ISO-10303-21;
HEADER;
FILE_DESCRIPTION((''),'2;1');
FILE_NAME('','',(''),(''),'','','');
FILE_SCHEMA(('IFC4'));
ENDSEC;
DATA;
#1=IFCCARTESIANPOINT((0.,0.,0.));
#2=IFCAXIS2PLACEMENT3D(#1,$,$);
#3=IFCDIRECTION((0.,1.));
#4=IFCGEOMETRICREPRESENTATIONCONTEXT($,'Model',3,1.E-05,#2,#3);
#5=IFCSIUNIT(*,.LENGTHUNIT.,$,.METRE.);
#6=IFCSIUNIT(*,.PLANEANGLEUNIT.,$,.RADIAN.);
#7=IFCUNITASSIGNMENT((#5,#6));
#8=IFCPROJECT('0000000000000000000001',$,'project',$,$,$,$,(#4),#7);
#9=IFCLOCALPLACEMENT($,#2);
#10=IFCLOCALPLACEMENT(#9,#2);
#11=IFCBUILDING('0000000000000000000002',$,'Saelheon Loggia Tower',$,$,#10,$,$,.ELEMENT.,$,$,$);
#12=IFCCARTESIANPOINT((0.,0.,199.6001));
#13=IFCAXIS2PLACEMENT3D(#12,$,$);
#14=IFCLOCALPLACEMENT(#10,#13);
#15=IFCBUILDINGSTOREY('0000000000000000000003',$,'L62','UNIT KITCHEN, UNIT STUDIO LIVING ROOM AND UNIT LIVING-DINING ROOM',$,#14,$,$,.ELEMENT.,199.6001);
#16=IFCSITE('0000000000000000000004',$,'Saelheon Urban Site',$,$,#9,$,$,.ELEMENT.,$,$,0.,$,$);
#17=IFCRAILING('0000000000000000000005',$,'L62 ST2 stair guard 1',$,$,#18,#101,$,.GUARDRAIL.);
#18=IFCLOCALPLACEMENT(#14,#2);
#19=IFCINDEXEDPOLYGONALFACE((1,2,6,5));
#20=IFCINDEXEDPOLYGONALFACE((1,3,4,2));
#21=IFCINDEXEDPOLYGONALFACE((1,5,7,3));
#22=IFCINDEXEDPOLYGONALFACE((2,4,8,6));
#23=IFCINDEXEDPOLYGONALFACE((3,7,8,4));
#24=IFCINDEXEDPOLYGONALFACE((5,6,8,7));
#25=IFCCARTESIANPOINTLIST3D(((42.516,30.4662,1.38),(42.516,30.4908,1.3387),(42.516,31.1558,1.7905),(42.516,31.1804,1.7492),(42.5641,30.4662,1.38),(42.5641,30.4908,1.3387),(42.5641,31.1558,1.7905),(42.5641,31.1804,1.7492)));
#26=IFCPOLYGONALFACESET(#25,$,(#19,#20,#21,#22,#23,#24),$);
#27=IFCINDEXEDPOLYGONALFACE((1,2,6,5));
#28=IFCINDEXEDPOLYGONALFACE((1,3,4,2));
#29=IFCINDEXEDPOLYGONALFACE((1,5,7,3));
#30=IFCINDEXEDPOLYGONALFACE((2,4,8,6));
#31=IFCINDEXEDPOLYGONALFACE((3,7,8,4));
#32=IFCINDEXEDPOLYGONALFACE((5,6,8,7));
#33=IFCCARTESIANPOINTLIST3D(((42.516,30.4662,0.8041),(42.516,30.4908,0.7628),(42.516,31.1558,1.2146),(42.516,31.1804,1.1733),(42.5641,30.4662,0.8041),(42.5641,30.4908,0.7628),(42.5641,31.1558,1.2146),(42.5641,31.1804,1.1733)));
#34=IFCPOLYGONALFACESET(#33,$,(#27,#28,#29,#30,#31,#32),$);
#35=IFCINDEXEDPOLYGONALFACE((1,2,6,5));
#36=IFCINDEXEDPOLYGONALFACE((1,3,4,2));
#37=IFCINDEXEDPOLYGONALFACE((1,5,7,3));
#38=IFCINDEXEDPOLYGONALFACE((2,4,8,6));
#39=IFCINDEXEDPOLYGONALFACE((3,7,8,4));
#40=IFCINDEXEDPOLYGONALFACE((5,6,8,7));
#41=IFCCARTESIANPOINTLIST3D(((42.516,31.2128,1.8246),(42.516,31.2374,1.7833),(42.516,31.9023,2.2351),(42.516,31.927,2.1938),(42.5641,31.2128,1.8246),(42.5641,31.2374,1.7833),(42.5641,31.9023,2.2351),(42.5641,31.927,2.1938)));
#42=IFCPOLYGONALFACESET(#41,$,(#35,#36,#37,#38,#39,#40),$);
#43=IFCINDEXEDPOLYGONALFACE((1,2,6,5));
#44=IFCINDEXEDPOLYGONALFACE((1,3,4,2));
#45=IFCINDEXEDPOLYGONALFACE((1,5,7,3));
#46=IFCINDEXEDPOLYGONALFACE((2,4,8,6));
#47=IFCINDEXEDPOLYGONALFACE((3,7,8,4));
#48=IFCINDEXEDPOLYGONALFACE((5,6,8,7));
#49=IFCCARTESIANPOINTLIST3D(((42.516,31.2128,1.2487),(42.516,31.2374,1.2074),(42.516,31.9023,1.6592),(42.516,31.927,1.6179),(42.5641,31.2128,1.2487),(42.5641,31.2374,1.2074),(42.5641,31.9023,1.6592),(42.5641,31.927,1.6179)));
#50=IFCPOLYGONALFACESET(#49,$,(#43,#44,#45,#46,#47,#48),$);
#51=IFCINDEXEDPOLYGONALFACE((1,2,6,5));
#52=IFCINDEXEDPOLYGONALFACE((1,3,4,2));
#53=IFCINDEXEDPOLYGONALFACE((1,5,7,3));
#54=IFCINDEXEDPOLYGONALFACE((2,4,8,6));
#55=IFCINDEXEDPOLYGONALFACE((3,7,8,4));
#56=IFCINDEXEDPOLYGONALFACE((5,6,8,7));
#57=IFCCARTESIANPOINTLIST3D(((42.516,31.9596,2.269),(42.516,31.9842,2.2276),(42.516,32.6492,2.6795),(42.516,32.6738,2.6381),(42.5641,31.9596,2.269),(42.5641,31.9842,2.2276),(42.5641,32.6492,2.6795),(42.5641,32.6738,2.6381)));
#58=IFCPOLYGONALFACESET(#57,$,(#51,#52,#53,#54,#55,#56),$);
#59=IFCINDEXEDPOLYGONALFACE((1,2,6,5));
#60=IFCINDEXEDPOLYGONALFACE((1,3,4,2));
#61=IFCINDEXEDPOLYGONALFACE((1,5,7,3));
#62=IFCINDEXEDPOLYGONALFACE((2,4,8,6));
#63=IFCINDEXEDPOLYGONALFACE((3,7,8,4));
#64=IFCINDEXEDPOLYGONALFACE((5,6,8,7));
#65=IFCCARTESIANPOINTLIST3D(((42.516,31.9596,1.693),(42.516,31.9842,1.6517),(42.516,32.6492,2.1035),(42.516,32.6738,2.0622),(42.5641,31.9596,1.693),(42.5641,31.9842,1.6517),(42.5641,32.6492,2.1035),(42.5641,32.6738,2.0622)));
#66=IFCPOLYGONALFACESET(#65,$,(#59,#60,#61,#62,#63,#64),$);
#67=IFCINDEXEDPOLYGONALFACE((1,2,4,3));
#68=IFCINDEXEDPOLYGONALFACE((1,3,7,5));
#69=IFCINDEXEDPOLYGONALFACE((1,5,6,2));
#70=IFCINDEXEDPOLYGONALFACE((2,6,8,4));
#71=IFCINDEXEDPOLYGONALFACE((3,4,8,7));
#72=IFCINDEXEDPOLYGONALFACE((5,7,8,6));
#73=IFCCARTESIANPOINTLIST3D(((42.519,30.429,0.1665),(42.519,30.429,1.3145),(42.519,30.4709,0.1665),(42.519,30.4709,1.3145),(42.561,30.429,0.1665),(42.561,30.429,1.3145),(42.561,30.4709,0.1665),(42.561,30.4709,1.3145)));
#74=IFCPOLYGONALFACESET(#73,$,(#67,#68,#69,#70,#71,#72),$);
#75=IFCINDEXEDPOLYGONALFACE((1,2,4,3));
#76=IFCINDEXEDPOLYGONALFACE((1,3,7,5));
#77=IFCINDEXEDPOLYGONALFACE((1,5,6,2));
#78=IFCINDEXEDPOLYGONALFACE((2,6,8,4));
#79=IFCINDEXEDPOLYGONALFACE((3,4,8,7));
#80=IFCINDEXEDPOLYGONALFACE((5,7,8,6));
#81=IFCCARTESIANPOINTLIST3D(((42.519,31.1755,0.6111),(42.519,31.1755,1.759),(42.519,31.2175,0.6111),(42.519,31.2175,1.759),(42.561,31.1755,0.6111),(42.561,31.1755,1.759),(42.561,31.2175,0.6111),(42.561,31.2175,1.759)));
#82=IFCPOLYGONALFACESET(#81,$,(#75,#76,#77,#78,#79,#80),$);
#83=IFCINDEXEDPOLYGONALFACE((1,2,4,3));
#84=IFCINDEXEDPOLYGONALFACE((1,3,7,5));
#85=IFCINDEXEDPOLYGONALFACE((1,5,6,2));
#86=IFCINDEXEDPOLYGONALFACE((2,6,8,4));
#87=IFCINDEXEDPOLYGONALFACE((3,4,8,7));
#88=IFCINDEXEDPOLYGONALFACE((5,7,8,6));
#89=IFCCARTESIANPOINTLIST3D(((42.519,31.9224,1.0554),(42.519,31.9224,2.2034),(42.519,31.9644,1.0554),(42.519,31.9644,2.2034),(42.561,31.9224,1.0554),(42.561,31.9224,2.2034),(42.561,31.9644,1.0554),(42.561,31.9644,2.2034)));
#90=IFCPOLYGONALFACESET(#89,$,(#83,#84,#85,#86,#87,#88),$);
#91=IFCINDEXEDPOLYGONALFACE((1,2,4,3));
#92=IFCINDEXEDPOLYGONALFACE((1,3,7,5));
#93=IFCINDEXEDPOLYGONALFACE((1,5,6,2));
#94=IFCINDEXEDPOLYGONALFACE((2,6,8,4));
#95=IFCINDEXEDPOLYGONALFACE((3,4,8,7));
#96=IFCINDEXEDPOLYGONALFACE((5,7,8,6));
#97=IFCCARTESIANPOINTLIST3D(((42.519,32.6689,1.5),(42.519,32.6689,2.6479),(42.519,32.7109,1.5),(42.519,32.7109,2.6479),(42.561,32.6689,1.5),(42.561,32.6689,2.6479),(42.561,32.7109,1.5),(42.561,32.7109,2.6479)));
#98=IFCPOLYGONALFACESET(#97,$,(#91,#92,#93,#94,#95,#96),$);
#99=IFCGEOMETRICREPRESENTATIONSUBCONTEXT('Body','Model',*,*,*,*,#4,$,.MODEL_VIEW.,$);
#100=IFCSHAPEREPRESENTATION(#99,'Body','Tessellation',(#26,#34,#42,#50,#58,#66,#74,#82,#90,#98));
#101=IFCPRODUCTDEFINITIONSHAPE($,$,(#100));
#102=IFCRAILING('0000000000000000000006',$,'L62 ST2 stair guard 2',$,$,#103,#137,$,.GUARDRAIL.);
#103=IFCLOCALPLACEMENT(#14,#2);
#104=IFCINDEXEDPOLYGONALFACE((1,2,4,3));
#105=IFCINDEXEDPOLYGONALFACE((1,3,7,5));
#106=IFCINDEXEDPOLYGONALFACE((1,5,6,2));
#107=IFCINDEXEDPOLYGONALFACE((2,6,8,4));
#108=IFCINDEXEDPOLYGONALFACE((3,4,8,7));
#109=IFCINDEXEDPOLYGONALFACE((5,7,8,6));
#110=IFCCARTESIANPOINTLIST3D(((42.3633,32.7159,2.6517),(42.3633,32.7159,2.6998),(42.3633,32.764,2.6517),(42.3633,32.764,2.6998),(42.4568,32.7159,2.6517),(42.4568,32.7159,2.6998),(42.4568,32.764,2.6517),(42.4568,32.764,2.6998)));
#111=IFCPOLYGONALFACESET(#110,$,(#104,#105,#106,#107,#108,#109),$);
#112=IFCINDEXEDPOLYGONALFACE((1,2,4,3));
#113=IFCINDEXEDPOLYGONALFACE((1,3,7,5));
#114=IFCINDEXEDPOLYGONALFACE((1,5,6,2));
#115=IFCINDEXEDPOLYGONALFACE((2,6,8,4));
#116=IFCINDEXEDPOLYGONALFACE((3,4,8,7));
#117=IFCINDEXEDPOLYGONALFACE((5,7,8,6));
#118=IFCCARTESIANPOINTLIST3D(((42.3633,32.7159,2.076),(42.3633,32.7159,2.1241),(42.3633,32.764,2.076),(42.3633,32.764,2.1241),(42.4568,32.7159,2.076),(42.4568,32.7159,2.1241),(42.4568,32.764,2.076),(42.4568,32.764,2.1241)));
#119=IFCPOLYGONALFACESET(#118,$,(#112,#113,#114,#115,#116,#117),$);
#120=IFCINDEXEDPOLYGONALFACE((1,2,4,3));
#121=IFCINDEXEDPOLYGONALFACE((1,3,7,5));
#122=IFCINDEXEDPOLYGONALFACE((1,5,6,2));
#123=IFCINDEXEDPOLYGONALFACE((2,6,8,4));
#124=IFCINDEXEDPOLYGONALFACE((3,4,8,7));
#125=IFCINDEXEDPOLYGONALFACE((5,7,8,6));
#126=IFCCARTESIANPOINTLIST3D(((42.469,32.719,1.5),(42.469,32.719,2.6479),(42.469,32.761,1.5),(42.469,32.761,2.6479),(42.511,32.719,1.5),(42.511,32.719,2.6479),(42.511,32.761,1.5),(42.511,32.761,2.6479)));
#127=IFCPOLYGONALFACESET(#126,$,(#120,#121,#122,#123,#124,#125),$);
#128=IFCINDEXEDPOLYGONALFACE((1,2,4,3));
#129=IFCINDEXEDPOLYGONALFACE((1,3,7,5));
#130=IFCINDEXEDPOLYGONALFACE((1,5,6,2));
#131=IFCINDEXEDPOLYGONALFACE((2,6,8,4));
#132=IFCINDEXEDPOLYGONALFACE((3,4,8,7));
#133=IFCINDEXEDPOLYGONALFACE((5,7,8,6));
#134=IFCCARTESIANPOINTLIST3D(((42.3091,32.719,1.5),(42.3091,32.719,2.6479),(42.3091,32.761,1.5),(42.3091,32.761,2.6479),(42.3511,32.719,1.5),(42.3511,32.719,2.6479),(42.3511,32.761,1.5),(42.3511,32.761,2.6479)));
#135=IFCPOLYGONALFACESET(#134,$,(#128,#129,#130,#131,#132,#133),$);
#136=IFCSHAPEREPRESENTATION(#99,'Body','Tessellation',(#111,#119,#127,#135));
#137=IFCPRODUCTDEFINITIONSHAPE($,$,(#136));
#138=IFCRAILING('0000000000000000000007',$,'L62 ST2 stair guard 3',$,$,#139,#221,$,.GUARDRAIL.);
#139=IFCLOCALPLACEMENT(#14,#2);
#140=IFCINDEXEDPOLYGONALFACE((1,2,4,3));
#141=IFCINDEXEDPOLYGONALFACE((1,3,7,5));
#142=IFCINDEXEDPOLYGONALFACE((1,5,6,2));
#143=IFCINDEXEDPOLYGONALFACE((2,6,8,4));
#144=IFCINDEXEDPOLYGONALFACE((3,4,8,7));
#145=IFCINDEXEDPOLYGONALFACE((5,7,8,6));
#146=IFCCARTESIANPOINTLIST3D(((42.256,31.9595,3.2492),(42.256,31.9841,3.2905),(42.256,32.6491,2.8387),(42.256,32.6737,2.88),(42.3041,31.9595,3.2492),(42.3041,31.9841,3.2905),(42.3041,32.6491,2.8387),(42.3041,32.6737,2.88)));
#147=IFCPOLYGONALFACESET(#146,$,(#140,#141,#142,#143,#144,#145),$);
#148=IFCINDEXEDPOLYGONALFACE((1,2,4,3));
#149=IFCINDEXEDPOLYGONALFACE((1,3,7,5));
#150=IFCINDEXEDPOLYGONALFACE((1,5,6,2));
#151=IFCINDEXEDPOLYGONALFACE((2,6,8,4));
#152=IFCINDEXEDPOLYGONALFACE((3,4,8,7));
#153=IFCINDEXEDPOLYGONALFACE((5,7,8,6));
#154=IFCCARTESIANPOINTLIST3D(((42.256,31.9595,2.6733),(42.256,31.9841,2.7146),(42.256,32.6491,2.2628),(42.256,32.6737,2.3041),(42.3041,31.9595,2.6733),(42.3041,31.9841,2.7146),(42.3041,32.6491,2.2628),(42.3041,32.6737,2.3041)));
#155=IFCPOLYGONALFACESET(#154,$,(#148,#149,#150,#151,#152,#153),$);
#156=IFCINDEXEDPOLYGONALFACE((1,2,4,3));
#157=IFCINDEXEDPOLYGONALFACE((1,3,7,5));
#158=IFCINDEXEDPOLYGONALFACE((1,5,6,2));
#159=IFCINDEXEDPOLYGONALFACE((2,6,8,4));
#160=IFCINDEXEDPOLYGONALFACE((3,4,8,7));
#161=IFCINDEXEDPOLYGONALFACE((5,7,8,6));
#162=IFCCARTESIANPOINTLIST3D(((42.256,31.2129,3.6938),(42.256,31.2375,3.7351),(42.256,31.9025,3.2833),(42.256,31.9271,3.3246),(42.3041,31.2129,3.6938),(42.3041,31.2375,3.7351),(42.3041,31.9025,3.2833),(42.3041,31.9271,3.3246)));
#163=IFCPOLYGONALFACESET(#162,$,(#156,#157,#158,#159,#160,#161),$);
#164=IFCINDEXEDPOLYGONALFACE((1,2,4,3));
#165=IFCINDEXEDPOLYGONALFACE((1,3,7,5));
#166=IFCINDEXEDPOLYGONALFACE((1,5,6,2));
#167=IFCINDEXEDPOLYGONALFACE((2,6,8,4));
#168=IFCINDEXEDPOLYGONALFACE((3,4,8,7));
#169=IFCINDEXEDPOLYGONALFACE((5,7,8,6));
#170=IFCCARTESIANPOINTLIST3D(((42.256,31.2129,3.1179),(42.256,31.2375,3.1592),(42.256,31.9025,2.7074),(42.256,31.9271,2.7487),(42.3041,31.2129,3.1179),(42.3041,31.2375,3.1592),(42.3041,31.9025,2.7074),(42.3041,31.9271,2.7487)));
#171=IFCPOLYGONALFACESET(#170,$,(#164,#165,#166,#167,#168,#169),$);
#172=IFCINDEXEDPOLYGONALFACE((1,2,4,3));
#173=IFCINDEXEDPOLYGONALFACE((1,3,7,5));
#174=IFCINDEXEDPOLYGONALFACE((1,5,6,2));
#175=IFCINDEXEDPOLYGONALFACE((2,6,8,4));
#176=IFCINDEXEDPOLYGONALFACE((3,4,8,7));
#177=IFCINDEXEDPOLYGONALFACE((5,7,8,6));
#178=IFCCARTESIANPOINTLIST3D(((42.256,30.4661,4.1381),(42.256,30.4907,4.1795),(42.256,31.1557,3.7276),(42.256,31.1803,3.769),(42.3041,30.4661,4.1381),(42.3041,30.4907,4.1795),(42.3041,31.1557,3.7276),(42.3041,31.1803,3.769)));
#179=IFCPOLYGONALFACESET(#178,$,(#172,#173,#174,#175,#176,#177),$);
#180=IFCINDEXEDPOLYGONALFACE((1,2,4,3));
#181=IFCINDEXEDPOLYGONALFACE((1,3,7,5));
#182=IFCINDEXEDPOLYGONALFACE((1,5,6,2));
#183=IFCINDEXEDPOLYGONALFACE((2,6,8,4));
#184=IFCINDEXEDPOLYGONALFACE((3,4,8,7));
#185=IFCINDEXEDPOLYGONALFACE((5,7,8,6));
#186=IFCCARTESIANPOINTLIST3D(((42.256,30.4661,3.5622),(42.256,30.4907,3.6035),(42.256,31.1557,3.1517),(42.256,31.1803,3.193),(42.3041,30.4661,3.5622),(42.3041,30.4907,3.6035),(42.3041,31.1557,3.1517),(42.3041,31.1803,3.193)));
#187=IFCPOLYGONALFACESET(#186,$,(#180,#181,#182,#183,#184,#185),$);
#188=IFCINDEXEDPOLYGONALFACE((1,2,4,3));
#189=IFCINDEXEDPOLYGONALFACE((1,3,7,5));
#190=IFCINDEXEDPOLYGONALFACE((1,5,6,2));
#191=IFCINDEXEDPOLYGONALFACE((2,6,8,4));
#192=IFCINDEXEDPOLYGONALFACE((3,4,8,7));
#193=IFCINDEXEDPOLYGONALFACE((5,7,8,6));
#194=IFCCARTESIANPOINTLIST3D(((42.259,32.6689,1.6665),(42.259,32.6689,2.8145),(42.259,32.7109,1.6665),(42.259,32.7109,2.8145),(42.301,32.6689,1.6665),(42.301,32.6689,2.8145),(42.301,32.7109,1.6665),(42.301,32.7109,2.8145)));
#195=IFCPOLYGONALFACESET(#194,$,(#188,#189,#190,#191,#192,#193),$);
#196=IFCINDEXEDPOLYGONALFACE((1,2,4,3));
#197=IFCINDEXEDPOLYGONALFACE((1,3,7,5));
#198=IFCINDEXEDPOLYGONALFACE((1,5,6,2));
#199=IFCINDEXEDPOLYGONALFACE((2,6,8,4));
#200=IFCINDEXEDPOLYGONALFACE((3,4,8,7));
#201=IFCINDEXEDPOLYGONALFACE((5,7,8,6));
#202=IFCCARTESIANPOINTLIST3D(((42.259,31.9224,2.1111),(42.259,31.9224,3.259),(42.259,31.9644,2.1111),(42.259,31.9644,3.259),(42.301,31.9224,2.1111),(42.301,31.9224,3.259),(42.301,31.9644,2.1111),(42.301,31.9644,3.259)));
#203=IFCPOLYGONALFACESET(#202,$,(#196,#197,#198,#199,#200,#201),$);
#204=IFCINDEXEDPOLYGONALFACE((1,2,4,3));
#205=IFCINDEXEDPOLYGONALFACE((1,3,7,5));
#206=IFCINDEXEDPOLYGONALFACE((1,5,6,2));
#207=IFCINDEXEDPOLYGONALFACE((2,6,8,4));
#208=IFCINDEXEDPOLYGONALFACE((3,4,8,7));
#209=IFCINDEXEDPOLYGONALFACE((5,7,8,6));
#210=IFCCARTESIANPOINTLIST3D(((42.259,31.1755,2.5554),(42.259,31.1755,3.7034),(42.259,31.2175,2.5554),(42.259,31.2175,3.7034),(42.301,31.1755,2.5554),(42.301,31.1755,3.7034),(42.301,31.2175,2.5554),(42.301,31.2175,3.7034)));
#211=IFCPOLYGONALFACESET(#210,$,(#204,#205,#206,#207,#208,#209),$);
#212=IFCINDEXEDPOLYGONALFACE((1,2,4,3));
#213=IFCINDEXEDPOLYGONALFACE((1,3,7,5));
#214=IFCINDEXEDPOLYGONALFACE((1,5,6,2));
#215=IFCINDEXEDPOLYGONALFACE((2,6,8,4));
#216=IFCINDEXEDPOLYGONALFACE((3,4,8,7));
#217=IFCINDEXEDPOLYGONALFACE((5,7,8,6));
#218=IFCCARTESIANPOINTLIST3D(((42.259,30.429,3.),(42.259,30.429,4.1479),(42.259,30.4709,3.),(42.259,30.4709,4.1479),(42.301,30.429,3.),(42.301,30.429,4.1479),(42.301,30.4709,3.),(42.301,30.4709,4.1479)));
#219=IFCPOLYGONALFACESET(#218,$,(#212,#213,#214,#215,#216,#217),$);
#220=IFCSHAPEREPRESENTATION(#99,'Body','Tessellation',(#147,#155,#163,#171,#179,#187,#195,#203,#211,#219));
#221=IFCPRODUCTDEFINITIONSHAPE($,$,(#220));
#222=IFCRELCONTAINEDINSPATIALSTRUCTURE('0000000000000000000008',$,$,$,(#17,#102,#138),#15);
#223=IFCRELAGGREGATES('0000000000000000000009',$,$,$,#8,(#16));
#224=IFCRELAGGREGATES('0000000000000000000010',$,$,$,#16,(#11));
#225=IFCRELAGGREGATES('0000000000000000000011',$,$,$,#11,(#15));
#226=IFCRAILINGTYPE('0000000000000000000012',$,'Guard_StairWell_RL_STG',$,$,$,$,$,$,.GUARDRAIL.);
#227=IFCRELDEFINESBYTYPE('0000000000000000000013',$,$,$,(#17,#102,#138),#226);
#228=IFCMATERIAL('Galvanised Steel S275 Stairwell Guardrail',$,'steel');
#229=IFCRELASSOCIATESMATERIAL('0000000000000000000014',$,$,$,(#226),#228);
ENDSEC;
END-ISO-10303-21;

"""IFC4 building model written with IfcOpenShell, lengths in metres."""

from ifc_helpers import new_model, si_unit, direction, frame, origin, origin_2d, place, context, subcontext, project, spatial, rectangle, extrude, material, type_object, element, save


model = new_model("IFC4")

# Units and contexts
model_context = context("Model", 3, precision=1e-05, world=origin(), true_north=direction((0.0, 1.0)))
body_context = subcontext(model_context, "Body", "Model", "MODEL_VIEW")
ifc_project = project(units=[si_unit("LENGTHUNIT", "METRE"), si_unit("PLANEANGLEUNIT", "RADIAN")], contexts=[model_context])

# Site, building, storey
site_placement = place(None, origin())
site = spatial("IfcSite", under=ifc_project, at=site_placement, Name="Saelheon Urban Site", CompositionType="ELEMENT", RefElevation=0.0)
building_placement = place(site_placement, origin())
building = spatial("IfcBuilding", under=site, at=building_placement, Name="Saelheon Loggia Tower", CompositionType="ELEMENT")
storey_placement = place(building_placement, frame((0.0, 0.0, 199.6001)))
storey = spatial("IfcBuildingStorey", under=building, at=storey_placement, Name="L62", Description="UNIT KITCHEN, UNIT STUDIO LIVING ROOM AND UNIT LIVING-DINING ROOM", CompositionType="ELEMENT", Elevation=199.6001)

# Railings
ifc_material_1 = material(Name="Galvanised Steel S275 Stairwell Guardrail", Category="steel")
railing_type_1 = type_object("IfcRailingType", Name="Guard_StairWell_RL_STG", PredefinedType="GUARDRAIL", material=ifc_material_1)
railing_1_placement = place(storey_placement, frame((42.54, 30.45, 0.1665)))
element("IfcRailing", 1, at=railing_1_placement, inside=storey, type_object=railing_type_1, Name="L62 ST2 stair guard 1", PredefinedType="GUARDRAIL", context=body_context, shape_type="SweptSolid", body=[
    extrude(rectangle(XDim=0.0481, YDim=0.0481, at=origin_2d()), frame((0.0, 0.0286, 1.1929), z_axis=(0.0, 0.859264, 0.511532), x_axis=(-1.0, 0.0, 0.0)), (0.0, 0.0, 1.0), 0.8025),
    extrude(rectangle(XDim=0.0481, YDim=0.0481, at=origin_2d()), frame((0.0, 0.0286, 0.6169), z_axis=(0.0, 0.859264, 0.511532), x_axis=(-1.0, 0.0, 0.0)), (0.0, 0.0, 1.0), 0.8025),
    extrude(rectangle(XDim=0.0481, YDim=0.0481, at=origin_2d()), frame((0.0, 0.7751, 1.6375), z_axis=(0.0, 0.859264, 0.511532), x_axis=(-1.0, 0.0, 0.0)), (0.0, 0.0, 1.0), 0.8025),
    extrude(rectangle(XDim=0.0481, YDim=0.0481, at=origin_2d()), frame((0.0, 0.7751, 1.0615), z_axis=(0.0, 0.859264, 0.511532), x_axis=(-1.0, 0.0, 0.0)), (0.0, 0.0, 1.0), 0.8025),
    extrude(rectangle(XDim=0.0481, YDim=0.0481, at=origin_2d()), frame((0.0, 1.522, 2.0818), z_axis=(0.0, 0.859264, 0.511532), x_axis=(-1.0, 0.0, 0.0)), (0.0, 0.0, 1.0), 0.8025),
    extrude(rectangle(XDim=0.0481, YDim=0.0481, at=origin_2d()), frame((0.0, 1.522, 1.5059), z_axis=(0.0, 0.859264, 0.511532), x_axis=(-1.0, 0.0, 0.0)), (0.0, 0.0, 1.0), 0.8025),
    extrude(rectangle(XDim=0.042, YDim=0.042, at=origin_2d()), origin(), (0.0, 0.0, 1.0), 1.1479),
    extrude(rectangle(XDim=0.042, YDim=0.042, at=origin_2d()), frame((0.0, 0.7466, 0.4446)), (0.0, 0.0, 1.0), 1.1479),
    extrude(rectangle(XDim=0.042, YDim=0.042, at=origin_2d()), frame((0.0, 1.4934, 0.8889)), (0.0, 0.0, 1.0), 1.1479),
    extrude(rectangle(XDim=0.042, YDim=0.042, at=origin_2d()), frame((0.0, 2.24, 1.3335)), (0.0, 0.0, 1.0), 1.1479),
])
railing_2_placement = place(storey_placement, frame((42.49, 32.74, 1.5)))
element("IfcRailing", 2, at=railing_2_placement, inside=storey, type_object=railing_type_1, Name="L62 ST2 stair guard 2", PredefinedType="GUARDRAIL", context=body_context, shape_type="SweptSolid", body=[
    extrude(rectangle(XDim=0.0481, YDim=0.0481, at=origin_2d()), frame((-0.0332, 0.0, 1.1758), z_axis=(-1.0, 0.0, 0.0), x_axis=(0.0, -1.0, 0.0)), (0.0, 0.0, 1.0), 0.0935),
    extrude(rectangle(XDim=0.0481, YDim=0.0481, at=origin_2d()), frame((-0.0332, 0.0, 0.6001), z_axis=(-1.0, 0.0, 0.0), x_axis=(0.0, -1.0, 0.0)), (0.0, 0.0, 1.0), 0.0935),
    extrude(rectangle(XDim=0.042, YDim=0.042, at=origin_2d()), origin(), (0.0, 0.0, 1.0), 1.1479),
    extrude(rectangle(XDim=0.042, YDim=0.042, at=origin_2d()), frame((-0.1599, 0.0, 0.0)), (0.0, 0.0, 1.0), 1.1479),
])
railing_3_placement = place(storey_placement, frame((42.28, 32.6899, 1.6665)))
element("IfcRailing", 3, at=railing_3_placement, inside=storey, type_object=railing_type_1, Name="L62 ST2 stair guard 3", PredefinedType="GUARDRAIL", context=body_context, shape_type="SweptSolid", body=[
    extrude(rectangle(XDim=0.0481, YDim=0.0481, at=origin_2d()), frame((0.0, -0.0286, 1.1929), z_axis=(0.0, -0.859264, 0.511532), x_axis=(1.0, 0.0, 0.0)), (0.0, 0.0, 1.0), 0.8025),
    extrude(rectangle(XDim=0.0481, YDim=0.0481, at=origin_2d()), frame((0.0, -0.0286, 0.6169), z_axis=(0.0, -0.859264, 0.511532), x_axis=(1.0, 0.0, 0.0)), (0.0, 0.0, 1.0), 0.8025),
    extrude(rectangle(XDim=0.0481, YDim=0.0481, at=origin_2d()), frame((0.0, -0.7751, 1.6375), z_axis=(0.0, -0.859264, 0.511532), x_axis=(1.0, 0.0, 0.0)), (0.0, 0.0, 1.0), 0.8025),
    extrude(rectangle(XDim=0.0481, YDim=0.0481, at=origin_2d()), frame((0.0, -0.7751, 1.0615), z_axis=(0.0, -0.859264, 0.511532), x_axis=(1.0, 0.0, 0.0)), (0.0, 0.0, 1.0), 0.8025),
    extrude(rectangle(XDim=0.0481, YDim=0.0481, at=origin_2d()), frame((0.0, -1.522, 2.0818), z_axis=(0.0, -0.859264, 0.511532), x_axis=(1.0, 0.0, 0.0)), (0.0, 0.0, 1.0), 0.8025),
    extrude(rectangle(XDim=0.0481, YDim=0.0481, at=origin_2d()), frame((0.0, -1.522, 1.5059), z_axis=(0.0, -0.859264, 0.511532), x_axis=(1.0, 0.0, 0.0)), (0.0, 0.0, 1.0), 0.8025),
    extrude(rectangle(XDim=0.042, YDim=0.042, at=origin_2d()), origin(), (0.0, 0.0, 1.0), 1.1479),
    extrude(rectangle(XDim=0.042, YDim=0.042, at=origin_2d()), frame((0.0, -0.7466, 0.4446)), (0.0, 0.0, 1.0), 1.1479),
    extrude(rectangle(XDim=0.042, YDim=0.042, at=origin_2d()), frame((0.0, -1.4934, 0.8889)), (0.0, 0.0, 1.0), 1.1479),
    extrude(rectangle(XDim=0.042, YDim=0.042, at=origin_2d()), frame((0.0, -2.24, 1.3335)), (0.0, 0.0, 1.0), 1.1479),
])

save(model, "model.ifc")
